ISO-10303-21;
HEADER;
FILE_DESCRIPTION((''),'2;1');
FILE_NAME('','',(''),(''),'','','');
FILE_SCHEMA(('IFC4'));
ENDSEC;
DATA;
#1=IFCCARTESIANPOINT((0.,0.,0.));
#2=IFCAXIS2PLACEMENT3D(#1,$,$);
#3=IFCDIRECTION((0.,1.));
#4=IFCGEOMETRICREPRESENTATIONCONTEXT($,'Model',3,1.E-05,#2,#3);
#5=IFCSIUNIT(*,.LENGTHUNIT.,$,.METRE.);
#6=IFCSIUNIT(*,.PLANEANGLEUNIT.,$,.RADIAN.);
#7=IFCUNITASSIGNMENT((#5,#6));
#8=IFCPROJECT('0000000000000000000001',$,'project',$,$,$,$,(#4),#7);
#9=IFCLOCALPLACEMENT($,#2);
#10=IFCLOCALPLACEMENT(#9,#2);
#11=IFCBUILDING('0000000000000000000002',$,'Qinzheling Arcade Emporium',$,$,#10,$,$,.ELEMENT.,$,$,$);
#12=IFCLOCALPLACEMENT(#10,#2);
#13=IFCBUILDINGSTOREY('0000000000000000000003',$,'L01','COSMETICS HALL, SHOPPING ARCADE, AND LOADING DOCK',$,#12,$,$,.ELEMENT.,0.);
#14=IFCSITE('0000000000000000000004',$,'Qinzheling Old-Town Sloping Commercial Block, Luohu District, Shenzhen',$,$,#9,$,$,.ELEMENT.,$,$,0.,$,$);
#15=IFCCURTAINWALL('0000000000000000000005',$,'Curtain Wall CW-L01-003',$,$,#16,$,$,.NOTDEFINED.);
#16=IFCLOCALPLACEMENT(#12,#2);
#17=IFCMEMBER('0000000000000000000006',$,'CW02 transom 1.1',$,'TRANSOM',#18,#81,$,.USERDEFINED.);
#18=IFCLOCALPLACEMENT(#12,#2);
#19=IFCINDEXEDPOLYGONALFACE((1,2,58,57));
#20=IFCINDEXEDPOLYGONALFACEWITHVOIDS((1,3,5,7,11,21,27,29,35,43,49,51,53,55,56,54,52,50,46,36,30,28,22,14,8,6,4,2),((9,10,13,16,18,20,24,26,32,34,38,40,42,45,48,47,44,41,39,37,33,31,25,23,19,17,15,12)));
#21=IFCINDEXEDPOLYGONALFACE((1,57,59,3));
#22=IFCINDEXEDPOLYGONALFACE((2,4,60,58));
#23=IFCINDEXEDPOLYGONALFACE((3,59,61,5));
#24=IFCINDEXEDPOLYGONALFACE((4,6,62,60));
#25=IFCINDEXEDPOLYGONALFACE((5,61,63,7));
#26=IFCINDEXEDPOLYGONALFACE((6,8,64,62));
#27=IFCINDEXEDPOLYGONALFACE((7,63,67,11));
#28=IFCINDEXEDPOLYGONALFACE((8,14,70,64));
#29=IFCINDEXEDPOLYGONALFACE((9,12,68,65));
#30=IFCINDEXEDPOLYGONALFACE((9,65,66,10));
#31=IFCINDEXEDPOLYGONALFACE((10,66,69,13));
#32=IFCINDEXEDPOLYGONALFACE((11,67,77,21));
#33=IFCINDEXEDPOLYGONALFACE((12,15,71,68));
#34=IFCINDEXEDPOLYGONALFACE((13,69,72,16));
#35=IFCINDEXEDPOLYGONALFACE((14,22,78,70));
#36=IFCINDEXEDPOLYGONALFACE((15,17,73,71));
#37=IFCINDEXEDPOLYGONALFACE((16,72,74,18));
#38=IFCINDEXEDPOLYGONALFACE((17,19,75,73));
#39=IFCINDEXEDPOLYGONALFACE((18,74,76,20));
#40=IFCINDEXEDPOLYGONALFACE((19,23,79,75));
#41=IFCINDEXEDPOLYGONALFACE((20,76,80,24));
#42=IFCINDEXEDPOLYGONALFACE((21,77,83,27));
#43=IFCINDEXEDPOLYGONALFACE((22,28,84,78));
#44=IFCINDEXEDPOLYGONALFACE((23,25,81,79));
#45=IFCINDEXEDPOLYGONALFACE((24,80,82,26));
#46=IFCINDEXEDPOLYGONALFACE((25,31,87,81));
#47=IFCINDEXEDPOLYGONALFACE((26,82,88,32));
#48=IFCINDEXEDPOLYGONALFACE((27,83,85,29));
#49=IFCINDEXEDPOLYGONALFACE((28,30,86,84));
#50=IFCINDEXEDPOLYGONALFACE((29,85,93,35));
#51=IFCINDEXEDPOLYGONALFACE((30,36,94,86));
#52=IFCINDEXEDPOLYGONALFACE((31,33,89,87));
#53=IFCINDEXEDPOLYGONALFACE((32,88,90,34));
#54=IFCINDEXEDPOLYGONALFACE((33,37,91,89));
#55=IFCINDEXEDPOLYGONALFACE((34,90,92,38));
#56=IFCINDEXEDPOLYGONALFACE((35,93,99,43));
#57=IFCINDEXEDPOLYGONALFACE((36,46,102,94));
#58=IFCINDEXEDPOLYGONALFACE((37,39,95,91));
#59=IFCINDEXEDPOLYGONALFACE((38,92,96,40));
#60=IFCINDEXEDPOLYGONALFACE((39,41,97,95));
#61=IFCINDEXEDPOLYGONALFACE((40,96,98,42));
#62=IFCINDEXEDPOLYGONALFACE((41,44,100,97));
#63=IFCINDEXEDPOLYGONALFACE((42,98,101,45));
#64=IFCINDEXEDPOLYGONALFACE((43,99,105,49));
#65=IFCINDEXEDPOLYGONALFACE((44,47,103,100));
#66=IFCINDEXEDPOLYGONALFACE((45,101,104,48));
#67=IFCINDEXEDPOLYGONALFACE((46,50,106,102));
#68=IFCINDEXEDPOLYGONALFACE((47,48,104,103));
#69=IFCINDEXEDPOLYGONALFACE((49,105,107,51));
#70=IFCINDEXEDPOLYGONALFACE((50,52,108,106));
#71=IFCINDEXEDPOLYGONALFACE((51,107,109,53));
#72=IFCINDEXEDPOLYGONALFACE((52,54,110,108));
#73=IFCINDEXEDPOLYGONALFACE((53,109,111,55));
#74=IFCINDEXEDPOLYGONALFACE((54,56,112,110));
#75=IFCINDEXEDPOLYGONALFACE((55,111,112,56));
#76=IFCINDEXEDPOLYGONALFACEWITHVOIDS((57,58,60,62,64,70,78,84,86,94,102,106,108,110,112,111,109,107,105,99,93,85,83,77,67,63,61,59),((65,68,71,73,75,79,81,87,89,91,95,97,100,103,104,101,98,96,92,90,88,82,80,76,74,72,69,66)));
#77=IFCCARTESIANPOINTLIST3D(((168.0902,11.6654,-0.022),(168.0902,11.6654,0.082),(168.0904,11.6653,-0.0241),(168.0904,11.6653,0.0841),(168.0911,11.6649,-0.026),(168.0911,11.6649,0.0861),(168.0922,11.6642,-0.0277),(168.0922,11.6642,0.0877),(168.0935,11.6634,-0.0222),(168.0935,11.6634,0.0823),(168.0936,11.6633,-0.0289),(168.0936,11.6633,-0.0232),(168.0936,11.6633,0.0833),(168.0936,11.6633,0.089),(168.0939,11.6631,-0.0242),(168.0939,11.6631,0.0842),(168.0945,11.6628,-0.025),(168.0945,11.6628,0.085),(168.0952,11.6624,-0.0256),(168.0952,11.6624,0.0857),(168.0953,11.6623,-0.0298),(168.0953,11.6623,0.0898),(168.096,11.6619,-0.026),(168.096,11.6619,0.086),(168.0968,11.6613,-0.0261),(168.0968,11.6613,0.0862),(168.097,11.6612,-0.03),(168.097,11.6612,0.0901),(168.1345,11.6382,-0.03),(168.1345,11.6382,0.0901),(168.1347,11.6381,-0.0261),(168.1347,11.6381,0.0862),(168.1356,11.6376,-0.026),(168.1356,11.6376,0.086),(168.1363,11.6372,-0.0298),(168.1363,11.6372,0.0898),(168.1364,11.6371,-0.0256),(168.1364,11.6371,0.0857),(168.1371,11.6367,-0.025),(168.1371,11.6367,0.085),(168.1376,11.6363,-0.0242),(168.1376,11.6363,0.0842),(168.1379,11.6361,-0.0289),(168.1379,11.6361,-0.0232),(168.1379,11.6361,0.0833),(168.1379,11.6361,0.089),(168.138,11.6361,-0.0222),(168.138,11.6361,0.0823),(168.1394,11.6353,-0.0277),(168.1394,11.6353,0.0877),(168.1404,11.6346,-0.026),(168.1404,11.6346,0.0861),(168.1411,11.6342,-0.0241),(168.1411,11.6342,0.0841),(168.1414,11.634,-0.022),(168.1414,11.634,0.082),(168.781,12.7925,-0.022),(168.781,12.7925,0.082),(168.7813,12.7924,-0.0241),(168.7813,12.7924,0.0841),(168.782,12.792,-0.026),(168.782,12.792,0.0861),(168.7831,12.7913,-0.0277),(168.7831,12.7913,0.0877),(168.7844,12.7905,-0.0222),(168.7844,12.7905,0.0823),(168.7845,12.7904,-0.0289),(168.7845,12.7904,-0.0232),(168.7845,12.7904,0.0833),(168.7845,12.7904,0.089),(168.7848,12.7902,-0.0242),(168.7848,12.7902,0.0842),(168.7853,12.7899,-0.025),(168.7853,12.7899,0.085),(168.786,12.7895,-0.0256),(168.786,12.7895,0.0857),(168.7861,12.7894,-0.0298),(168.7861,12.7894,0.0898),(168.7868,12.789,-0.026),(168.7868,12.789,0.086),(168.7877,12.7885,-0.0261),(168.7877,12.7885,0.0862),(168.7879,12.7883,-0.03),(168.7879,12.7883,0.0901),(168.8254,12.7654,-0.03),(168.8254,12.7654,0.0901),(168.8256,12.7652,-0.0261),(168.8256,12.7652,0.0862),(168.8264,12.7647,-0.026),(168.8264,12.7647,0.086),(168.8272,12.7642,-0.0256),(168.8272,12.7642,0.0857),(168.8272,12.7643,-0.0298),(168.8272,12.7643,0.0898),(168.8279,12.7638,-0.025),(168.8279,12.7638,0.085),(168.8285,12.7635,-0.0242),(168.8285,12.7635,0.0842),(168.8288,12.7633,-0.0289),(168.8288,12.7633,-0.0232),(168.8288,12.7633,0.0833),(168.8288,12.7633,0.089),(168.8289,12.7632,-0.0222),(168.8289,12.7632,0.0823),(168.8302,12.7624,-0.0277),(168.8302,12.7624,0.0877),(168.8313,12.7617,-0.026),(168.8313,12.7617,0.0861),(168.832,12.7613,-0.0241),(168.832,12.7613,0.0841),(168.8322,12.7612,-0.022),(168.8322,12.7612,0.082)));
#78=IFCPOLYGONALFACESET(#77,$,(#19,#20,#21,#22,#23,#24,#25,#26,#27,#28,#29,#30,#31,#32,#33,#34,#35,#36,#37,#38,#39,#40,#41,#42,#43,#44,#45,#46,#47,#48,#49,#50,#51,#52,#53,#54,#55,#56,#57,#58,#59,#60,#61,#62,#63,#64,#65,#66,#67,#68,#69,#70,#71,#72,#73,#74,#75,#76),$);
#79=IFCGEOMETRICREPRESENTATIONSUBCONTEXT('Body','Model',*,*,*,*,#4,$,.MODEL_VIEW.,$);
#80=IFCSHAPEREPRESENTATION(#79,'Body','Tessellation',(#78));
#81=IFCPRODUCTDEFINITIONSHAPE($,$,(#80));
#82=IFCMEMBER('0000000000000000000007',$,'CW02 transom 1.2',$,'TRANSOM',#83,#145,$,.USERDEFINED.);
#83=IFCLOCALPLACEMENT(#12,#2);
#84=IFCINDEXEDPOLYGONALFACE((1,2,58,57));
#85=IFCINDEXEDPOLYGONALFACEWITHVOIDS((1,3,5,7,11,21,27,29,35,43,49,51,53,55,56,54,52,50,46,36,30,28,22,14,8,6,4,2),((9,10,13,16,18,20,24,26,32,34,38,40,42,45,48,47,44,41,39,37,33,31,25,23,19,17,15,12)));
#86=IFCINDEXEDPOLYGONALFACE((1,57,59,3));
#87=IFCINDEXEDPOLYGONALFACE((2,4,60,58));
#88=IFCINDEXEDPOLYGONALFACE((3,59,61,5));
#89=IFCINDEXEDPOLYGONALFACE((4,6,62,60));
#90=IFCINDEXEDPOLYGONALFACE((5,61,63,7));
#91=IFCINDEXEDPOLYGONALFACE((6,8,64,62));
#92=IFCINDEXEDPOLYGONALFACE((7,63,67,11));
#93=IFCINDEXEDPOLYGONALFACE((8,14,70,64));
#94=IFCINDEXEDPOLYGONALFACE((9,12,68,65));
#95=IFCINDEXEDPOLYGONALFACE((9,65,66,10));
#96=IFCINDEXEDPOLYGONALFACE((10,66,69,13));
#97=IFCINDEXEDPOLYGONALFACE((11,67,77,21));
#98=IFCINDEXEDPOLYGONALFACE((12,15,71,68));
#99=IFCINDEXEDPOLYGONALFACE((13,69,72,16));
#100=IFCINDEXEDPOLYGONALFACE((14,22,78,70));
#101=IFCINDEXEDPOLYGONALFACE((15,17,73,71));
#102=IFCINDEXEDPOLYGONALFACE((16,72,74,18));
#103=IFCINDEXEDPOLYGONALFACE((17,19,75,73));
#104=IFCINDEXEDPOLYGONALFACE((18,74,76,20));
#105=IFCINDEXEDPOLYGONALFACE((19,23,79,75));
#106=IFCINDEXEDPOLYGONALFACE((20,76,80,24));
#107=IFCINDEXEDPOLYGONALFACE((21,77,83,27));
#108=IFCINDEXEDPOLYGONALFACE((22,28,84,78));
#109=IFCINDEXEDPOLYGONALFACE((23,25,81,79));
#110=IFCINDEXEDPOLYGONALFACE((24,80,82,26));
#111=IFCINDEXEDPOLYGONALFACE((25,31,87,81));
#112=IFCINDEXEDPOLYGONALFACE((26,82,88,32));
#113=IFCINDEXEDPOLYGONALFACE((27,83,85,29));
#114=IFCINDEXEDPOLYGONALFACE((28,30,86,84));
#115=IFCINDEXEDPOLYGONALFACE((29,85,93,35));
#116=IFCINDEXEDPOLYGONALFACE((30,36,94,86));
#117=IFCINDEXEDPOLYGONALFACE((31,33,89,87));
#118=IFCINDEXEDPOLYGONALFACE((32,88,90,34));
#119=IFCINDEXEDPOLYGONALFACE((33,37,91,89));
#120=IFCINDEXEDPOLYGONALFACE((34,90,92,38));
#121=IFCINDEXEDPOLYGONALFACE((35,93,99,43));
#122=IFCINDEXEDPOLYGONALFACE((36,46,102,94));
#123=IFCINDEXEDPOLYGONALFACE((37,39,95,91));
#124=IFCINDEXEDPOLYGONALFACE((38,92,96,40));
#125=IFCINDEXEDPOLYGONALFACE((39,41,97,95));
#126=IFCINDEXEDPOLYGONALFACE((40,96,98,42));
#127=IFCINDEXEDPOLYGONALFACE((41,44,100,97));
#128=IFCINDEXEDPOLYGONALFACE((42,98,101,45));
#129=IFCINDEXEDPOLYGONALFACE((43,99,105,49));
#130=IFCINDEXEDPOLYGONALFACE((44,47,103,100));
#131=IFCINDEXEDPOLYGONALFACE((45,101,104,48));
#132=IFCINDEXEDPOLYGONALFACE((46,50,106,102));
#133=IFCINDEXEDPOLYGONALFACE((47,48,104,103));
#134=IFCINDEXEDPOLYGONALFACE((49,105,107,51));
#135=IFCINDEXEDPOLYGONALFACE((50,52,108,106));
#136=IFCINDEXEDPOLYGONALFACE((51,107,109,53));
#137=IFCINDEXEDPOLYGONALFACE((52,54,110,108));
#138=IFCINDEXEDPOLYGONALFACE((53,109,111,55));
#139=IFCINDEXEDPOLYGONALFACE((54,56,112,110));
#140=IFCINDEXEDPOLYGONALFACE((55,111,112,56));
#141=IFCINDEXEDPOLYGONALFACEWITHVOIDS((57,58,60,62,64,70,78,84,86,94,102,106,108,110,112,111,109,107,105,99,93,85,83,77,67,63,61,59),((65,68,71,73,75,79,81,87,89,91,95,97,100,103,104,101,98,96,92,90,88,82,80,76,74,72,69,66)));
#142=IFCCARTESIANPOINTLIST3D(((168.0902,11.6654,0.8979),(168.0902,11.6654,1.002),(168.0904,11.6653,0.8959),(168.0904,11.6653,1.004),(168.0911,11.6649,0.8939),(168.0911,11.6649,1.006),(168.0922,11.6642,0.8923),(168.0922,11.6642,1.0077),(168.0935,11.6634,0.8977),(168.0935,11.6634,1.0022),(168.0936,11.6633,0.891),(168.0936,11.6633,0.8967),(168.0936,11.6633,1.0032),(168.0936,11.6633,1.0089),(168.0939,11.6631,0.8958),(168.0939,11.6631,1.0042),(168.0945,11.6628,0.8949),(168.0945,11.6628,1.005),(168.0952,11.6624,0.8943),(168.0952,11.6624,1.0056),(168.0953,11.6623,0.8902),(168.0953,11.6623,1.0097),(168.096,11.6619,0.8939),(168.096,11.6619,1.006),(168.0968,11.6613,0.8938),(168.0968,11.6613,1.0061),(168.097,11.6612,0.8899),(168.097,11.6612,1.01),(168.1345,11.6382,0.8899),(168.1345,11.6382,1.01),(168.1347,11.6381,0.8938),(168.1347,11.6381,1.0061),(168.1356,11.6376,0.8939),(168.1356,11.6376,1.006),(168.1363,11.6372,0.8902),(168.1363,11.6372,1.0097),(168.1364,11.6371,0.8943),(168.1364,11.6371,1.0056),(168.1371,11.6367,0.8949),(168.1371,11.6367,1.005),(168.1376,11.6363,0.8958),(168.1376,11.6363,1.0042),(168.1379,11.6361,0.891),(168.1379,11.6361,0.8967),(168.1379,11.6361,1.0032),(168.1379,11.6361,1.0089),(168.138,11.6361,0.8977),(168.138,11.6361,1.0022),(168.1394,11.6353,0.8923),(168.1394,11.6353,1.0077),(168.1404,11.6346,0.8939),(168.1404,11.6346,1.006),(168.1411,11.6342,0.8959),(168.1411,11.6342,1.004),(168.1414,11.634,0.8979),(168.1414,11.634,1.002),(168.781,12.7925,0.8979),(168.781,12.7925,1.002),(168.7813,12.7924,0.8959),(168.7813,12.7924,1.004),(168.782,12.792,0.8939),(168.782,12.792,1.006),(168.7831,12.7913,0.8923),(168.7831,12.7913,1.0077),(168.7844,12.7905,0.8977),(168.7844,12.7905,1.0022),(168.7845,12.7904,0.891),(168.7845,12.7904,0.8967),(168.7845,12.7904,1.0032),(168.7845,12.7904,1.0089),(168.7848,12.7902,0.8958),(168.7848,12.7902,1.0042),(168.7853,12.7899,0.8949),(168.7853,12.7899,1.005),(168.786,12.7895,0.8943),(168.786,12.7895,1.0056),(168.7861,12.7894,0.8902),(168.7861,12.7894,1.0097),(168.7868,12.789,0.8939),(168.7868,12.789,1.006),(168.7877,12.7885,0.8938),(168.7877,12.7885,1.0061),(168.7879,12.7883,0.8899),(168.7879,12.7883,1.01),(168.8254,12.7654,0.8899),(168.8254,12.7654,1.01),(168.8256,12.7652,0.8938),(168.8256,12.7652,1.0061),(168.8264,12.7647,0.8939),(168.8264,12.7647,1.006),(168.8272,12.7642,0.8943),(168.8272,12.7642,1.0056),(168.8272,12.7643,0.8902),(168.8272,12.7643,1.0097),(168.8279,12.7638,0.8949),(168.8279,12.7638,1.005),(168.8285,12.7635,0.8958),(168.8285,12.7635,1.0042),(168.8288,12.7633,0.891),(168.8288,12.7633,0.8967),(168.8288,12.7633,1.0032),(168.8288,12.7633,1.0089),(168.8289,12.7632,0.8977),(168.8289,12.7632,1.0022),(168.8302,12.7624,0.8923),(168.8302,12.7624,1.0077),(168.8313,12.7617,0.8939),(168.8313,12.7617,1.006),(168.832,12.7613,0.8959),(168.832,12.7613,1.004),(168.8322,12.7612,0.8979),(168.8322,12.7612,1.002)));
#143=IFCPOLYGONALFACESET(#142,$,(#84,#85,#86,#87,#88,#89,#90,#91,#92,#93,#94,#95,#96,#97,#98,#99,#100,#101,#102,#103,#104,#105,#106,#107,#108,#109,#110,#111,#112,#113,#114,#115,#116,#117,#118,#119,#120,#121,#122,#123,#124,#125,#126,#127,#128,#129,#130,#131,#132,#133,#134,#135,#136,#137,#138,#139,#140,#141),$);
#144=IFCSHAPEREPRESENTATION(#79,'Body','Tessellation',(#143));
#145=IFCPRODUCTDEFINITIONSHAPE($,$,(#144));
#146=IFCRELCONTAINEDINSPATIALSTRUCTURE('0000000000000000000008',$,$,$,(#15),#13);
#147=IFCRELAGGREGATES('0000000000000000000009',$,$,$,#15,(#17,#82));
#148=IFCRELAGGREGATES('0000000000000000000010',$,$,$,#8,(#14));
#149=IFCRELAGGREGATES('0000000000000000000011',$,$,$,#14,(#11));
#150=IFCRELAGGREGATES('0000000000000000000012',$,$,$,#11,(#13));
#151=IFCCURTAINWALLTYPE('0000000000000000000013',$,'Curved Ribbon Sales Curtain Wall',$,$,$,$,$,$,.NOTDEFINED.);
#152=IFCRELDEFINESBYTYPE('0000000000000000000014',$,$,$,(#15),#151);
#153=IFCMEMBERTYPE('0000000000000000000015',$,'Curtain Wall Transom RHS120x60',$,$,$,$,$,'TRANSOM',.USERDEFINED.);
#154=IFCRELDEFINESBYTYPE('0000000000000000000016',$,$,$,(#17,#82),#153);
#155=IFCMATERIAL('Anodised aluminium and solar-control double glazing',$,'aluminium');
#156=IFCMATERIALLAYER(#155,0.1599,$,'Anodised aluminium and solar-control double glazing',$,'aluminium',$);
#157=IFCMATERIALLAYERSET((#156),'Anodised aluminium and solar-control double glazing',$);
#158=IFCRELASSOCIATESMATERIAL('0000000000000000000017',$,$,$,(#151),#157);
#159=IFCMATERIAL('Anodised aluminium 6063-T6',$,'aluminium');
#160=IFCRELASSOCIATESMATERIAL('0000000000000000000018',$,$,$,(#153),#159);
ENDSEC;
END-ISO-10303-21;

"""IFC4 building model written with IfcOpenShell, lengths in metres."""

from ifc_helpers import new_model, si_unit, direction, frame, origin, origin_2d, place, context, subcontext, project, spatial, hollow_rectangle, extrude, material, layer, layer_set, material_profile, profile_set, type_object, element, aggregate, save


model = new_model("IFC4")

# Units and contexts
model_context = context("Model", 3, precision=1e-05, world=origin(), true_north=direction((0.0, 1.0)))
body_context = subcontext(model_context, "Body", "Model", "MODEL_VIEW")
ifc_project = project(units=[si_unit("LENGTHUNIT", "METRE"), si_unit("PLANEANGLEUNIT", "RADIAN")], contexts=[model_context])

# Site, building, storey
site_placement = place(None, origin())
site = spatial("IfcSite", under=ifc_project, at=site_placement, Name="Qinzheling Old-Town Sloping Commercial Block, Luohu District, Shenzhen", CompositionType="ELEMENT", RefElevation=0.0)
building_placement = place(site_placement, origin())
building = spatial("IfcBuilding", under=site, at=building_placement, Name="Qinzheling Arcade Emporium", CompositionType="ELEMENT")
storey_placement = place(building_placement, origin())
storey = spatial("IfcBuildingStorey", under=building, at=storey_placement, Name="L01", Description="COSMETICS HALL, SHOPPING ARCADE, AND LOADING DOCK", CompositionType="ELEMENT", Elevation=0.0)

# Curtain wall
ifc_material_1 = material(Name="Anodised aluminium and solar-control double glazing", Category="aluminium")
ifc_layer_1 = layer(ifc_material_1, 0.1599, Name="Anodised aluminium and solar-control double glazing", Category="aluminium")
ifc_layer_set_1 = layer_set([ifc_layer_1], Name="Anodised aluminium and solar-control double glazing")
curtain_wall_type = type_object("IfcCurtainWallType", Name="Curved Ribbon Sales Curtain Wall", PredefinedType="NOTDEFINED", material=ifc_layer_set_1)
ifc_material_2 = material(Name="Anodised aluminium 6063-T6", Category="aluminium")
curtain_wall_1_placement = place(storey_placement, origin())
curtain_wall_1 = element("IfcCurtainWall", 1, at=curtain_wall_1_placement, inside=storey, type_object=curtain_wall_type, Name="Curtain Wall CW-L01-003", PredefinedType="NOTDEFINED")

# Members
ifc_material_profile_1 = material_profile(ifc_material_2, hollow_rectangle(XDim=0.0601, YDim=0.1201, WallThickness=0.0039, InnerFilletRadius=0.0039, OuterFilletRadius=0.0081, at=origin_2d()), Name="RHS 120x60x4", Category="aluminium")
ifc_profile_set_1 = profile_set([ifc_material_profile_1], Name="Anodised aluminium 6063-T6")
member_type_1 = type_object("IfcMemberType", Name="Curtain Wall Transom RHS120x60", ElementType="TRANSOM", PredefinedType="USERDEFINED", material=ifc_profile_set_1)
member_1_placement = place(storey_placement, frame((168.8066, 12.7769, 0.03), z_axis=(-0.522592, -0.852583, 0.0), x_axis=(0.852583, -0.522592, 0.0)))
member_1 = element("IfcMember", 2, at=member_1_placement, type_object=member_type_1, Name="CW02 transom 1.1", ObjectType="TRANSOM", PredefinedType="USERDEFINED", context=body_context, shape_type="SweptSolid", body=[
    extrude(hollow_rectangle(XDim=0.0601, YDim=0.1201, WallThickness=0.0039, InnerFilletRadius=0.0039, OuterFilletRadius=0.0081, at=origin_2d()), origin(), (0.0, 0.0, 1.0), 1.322),
])
member_2_placement = place(storey_placement, frame((168.8066, 12.7769, 0.95), z_axis=(-0.522592, -0.852583, 0.0), x_axis=(0.852583, -0.522592, 0.0)))
member_2 = element("IfcMember", 3, at=member_2_placement, type_object=member_type_1, Name="CW02 transom 1.2", ObjectType="TRANSOM", PredefinedType="USERDEFINED", context=body_context, shape_type="SweptSolid", body=[
    extrude(hollow_rectangle(XDim=0.0601, YDim=0.1201, WallThickness=0.0039, InnerFilletRadius=0.0039, OuterFilletRadius=0.0081, at=origin_2d()), origin(), (0.0, 0.0, 1.0), 1.322),
])

aggregate(curtain_wall_1, [member_1, member_2])

save(model, "model.ifc")
